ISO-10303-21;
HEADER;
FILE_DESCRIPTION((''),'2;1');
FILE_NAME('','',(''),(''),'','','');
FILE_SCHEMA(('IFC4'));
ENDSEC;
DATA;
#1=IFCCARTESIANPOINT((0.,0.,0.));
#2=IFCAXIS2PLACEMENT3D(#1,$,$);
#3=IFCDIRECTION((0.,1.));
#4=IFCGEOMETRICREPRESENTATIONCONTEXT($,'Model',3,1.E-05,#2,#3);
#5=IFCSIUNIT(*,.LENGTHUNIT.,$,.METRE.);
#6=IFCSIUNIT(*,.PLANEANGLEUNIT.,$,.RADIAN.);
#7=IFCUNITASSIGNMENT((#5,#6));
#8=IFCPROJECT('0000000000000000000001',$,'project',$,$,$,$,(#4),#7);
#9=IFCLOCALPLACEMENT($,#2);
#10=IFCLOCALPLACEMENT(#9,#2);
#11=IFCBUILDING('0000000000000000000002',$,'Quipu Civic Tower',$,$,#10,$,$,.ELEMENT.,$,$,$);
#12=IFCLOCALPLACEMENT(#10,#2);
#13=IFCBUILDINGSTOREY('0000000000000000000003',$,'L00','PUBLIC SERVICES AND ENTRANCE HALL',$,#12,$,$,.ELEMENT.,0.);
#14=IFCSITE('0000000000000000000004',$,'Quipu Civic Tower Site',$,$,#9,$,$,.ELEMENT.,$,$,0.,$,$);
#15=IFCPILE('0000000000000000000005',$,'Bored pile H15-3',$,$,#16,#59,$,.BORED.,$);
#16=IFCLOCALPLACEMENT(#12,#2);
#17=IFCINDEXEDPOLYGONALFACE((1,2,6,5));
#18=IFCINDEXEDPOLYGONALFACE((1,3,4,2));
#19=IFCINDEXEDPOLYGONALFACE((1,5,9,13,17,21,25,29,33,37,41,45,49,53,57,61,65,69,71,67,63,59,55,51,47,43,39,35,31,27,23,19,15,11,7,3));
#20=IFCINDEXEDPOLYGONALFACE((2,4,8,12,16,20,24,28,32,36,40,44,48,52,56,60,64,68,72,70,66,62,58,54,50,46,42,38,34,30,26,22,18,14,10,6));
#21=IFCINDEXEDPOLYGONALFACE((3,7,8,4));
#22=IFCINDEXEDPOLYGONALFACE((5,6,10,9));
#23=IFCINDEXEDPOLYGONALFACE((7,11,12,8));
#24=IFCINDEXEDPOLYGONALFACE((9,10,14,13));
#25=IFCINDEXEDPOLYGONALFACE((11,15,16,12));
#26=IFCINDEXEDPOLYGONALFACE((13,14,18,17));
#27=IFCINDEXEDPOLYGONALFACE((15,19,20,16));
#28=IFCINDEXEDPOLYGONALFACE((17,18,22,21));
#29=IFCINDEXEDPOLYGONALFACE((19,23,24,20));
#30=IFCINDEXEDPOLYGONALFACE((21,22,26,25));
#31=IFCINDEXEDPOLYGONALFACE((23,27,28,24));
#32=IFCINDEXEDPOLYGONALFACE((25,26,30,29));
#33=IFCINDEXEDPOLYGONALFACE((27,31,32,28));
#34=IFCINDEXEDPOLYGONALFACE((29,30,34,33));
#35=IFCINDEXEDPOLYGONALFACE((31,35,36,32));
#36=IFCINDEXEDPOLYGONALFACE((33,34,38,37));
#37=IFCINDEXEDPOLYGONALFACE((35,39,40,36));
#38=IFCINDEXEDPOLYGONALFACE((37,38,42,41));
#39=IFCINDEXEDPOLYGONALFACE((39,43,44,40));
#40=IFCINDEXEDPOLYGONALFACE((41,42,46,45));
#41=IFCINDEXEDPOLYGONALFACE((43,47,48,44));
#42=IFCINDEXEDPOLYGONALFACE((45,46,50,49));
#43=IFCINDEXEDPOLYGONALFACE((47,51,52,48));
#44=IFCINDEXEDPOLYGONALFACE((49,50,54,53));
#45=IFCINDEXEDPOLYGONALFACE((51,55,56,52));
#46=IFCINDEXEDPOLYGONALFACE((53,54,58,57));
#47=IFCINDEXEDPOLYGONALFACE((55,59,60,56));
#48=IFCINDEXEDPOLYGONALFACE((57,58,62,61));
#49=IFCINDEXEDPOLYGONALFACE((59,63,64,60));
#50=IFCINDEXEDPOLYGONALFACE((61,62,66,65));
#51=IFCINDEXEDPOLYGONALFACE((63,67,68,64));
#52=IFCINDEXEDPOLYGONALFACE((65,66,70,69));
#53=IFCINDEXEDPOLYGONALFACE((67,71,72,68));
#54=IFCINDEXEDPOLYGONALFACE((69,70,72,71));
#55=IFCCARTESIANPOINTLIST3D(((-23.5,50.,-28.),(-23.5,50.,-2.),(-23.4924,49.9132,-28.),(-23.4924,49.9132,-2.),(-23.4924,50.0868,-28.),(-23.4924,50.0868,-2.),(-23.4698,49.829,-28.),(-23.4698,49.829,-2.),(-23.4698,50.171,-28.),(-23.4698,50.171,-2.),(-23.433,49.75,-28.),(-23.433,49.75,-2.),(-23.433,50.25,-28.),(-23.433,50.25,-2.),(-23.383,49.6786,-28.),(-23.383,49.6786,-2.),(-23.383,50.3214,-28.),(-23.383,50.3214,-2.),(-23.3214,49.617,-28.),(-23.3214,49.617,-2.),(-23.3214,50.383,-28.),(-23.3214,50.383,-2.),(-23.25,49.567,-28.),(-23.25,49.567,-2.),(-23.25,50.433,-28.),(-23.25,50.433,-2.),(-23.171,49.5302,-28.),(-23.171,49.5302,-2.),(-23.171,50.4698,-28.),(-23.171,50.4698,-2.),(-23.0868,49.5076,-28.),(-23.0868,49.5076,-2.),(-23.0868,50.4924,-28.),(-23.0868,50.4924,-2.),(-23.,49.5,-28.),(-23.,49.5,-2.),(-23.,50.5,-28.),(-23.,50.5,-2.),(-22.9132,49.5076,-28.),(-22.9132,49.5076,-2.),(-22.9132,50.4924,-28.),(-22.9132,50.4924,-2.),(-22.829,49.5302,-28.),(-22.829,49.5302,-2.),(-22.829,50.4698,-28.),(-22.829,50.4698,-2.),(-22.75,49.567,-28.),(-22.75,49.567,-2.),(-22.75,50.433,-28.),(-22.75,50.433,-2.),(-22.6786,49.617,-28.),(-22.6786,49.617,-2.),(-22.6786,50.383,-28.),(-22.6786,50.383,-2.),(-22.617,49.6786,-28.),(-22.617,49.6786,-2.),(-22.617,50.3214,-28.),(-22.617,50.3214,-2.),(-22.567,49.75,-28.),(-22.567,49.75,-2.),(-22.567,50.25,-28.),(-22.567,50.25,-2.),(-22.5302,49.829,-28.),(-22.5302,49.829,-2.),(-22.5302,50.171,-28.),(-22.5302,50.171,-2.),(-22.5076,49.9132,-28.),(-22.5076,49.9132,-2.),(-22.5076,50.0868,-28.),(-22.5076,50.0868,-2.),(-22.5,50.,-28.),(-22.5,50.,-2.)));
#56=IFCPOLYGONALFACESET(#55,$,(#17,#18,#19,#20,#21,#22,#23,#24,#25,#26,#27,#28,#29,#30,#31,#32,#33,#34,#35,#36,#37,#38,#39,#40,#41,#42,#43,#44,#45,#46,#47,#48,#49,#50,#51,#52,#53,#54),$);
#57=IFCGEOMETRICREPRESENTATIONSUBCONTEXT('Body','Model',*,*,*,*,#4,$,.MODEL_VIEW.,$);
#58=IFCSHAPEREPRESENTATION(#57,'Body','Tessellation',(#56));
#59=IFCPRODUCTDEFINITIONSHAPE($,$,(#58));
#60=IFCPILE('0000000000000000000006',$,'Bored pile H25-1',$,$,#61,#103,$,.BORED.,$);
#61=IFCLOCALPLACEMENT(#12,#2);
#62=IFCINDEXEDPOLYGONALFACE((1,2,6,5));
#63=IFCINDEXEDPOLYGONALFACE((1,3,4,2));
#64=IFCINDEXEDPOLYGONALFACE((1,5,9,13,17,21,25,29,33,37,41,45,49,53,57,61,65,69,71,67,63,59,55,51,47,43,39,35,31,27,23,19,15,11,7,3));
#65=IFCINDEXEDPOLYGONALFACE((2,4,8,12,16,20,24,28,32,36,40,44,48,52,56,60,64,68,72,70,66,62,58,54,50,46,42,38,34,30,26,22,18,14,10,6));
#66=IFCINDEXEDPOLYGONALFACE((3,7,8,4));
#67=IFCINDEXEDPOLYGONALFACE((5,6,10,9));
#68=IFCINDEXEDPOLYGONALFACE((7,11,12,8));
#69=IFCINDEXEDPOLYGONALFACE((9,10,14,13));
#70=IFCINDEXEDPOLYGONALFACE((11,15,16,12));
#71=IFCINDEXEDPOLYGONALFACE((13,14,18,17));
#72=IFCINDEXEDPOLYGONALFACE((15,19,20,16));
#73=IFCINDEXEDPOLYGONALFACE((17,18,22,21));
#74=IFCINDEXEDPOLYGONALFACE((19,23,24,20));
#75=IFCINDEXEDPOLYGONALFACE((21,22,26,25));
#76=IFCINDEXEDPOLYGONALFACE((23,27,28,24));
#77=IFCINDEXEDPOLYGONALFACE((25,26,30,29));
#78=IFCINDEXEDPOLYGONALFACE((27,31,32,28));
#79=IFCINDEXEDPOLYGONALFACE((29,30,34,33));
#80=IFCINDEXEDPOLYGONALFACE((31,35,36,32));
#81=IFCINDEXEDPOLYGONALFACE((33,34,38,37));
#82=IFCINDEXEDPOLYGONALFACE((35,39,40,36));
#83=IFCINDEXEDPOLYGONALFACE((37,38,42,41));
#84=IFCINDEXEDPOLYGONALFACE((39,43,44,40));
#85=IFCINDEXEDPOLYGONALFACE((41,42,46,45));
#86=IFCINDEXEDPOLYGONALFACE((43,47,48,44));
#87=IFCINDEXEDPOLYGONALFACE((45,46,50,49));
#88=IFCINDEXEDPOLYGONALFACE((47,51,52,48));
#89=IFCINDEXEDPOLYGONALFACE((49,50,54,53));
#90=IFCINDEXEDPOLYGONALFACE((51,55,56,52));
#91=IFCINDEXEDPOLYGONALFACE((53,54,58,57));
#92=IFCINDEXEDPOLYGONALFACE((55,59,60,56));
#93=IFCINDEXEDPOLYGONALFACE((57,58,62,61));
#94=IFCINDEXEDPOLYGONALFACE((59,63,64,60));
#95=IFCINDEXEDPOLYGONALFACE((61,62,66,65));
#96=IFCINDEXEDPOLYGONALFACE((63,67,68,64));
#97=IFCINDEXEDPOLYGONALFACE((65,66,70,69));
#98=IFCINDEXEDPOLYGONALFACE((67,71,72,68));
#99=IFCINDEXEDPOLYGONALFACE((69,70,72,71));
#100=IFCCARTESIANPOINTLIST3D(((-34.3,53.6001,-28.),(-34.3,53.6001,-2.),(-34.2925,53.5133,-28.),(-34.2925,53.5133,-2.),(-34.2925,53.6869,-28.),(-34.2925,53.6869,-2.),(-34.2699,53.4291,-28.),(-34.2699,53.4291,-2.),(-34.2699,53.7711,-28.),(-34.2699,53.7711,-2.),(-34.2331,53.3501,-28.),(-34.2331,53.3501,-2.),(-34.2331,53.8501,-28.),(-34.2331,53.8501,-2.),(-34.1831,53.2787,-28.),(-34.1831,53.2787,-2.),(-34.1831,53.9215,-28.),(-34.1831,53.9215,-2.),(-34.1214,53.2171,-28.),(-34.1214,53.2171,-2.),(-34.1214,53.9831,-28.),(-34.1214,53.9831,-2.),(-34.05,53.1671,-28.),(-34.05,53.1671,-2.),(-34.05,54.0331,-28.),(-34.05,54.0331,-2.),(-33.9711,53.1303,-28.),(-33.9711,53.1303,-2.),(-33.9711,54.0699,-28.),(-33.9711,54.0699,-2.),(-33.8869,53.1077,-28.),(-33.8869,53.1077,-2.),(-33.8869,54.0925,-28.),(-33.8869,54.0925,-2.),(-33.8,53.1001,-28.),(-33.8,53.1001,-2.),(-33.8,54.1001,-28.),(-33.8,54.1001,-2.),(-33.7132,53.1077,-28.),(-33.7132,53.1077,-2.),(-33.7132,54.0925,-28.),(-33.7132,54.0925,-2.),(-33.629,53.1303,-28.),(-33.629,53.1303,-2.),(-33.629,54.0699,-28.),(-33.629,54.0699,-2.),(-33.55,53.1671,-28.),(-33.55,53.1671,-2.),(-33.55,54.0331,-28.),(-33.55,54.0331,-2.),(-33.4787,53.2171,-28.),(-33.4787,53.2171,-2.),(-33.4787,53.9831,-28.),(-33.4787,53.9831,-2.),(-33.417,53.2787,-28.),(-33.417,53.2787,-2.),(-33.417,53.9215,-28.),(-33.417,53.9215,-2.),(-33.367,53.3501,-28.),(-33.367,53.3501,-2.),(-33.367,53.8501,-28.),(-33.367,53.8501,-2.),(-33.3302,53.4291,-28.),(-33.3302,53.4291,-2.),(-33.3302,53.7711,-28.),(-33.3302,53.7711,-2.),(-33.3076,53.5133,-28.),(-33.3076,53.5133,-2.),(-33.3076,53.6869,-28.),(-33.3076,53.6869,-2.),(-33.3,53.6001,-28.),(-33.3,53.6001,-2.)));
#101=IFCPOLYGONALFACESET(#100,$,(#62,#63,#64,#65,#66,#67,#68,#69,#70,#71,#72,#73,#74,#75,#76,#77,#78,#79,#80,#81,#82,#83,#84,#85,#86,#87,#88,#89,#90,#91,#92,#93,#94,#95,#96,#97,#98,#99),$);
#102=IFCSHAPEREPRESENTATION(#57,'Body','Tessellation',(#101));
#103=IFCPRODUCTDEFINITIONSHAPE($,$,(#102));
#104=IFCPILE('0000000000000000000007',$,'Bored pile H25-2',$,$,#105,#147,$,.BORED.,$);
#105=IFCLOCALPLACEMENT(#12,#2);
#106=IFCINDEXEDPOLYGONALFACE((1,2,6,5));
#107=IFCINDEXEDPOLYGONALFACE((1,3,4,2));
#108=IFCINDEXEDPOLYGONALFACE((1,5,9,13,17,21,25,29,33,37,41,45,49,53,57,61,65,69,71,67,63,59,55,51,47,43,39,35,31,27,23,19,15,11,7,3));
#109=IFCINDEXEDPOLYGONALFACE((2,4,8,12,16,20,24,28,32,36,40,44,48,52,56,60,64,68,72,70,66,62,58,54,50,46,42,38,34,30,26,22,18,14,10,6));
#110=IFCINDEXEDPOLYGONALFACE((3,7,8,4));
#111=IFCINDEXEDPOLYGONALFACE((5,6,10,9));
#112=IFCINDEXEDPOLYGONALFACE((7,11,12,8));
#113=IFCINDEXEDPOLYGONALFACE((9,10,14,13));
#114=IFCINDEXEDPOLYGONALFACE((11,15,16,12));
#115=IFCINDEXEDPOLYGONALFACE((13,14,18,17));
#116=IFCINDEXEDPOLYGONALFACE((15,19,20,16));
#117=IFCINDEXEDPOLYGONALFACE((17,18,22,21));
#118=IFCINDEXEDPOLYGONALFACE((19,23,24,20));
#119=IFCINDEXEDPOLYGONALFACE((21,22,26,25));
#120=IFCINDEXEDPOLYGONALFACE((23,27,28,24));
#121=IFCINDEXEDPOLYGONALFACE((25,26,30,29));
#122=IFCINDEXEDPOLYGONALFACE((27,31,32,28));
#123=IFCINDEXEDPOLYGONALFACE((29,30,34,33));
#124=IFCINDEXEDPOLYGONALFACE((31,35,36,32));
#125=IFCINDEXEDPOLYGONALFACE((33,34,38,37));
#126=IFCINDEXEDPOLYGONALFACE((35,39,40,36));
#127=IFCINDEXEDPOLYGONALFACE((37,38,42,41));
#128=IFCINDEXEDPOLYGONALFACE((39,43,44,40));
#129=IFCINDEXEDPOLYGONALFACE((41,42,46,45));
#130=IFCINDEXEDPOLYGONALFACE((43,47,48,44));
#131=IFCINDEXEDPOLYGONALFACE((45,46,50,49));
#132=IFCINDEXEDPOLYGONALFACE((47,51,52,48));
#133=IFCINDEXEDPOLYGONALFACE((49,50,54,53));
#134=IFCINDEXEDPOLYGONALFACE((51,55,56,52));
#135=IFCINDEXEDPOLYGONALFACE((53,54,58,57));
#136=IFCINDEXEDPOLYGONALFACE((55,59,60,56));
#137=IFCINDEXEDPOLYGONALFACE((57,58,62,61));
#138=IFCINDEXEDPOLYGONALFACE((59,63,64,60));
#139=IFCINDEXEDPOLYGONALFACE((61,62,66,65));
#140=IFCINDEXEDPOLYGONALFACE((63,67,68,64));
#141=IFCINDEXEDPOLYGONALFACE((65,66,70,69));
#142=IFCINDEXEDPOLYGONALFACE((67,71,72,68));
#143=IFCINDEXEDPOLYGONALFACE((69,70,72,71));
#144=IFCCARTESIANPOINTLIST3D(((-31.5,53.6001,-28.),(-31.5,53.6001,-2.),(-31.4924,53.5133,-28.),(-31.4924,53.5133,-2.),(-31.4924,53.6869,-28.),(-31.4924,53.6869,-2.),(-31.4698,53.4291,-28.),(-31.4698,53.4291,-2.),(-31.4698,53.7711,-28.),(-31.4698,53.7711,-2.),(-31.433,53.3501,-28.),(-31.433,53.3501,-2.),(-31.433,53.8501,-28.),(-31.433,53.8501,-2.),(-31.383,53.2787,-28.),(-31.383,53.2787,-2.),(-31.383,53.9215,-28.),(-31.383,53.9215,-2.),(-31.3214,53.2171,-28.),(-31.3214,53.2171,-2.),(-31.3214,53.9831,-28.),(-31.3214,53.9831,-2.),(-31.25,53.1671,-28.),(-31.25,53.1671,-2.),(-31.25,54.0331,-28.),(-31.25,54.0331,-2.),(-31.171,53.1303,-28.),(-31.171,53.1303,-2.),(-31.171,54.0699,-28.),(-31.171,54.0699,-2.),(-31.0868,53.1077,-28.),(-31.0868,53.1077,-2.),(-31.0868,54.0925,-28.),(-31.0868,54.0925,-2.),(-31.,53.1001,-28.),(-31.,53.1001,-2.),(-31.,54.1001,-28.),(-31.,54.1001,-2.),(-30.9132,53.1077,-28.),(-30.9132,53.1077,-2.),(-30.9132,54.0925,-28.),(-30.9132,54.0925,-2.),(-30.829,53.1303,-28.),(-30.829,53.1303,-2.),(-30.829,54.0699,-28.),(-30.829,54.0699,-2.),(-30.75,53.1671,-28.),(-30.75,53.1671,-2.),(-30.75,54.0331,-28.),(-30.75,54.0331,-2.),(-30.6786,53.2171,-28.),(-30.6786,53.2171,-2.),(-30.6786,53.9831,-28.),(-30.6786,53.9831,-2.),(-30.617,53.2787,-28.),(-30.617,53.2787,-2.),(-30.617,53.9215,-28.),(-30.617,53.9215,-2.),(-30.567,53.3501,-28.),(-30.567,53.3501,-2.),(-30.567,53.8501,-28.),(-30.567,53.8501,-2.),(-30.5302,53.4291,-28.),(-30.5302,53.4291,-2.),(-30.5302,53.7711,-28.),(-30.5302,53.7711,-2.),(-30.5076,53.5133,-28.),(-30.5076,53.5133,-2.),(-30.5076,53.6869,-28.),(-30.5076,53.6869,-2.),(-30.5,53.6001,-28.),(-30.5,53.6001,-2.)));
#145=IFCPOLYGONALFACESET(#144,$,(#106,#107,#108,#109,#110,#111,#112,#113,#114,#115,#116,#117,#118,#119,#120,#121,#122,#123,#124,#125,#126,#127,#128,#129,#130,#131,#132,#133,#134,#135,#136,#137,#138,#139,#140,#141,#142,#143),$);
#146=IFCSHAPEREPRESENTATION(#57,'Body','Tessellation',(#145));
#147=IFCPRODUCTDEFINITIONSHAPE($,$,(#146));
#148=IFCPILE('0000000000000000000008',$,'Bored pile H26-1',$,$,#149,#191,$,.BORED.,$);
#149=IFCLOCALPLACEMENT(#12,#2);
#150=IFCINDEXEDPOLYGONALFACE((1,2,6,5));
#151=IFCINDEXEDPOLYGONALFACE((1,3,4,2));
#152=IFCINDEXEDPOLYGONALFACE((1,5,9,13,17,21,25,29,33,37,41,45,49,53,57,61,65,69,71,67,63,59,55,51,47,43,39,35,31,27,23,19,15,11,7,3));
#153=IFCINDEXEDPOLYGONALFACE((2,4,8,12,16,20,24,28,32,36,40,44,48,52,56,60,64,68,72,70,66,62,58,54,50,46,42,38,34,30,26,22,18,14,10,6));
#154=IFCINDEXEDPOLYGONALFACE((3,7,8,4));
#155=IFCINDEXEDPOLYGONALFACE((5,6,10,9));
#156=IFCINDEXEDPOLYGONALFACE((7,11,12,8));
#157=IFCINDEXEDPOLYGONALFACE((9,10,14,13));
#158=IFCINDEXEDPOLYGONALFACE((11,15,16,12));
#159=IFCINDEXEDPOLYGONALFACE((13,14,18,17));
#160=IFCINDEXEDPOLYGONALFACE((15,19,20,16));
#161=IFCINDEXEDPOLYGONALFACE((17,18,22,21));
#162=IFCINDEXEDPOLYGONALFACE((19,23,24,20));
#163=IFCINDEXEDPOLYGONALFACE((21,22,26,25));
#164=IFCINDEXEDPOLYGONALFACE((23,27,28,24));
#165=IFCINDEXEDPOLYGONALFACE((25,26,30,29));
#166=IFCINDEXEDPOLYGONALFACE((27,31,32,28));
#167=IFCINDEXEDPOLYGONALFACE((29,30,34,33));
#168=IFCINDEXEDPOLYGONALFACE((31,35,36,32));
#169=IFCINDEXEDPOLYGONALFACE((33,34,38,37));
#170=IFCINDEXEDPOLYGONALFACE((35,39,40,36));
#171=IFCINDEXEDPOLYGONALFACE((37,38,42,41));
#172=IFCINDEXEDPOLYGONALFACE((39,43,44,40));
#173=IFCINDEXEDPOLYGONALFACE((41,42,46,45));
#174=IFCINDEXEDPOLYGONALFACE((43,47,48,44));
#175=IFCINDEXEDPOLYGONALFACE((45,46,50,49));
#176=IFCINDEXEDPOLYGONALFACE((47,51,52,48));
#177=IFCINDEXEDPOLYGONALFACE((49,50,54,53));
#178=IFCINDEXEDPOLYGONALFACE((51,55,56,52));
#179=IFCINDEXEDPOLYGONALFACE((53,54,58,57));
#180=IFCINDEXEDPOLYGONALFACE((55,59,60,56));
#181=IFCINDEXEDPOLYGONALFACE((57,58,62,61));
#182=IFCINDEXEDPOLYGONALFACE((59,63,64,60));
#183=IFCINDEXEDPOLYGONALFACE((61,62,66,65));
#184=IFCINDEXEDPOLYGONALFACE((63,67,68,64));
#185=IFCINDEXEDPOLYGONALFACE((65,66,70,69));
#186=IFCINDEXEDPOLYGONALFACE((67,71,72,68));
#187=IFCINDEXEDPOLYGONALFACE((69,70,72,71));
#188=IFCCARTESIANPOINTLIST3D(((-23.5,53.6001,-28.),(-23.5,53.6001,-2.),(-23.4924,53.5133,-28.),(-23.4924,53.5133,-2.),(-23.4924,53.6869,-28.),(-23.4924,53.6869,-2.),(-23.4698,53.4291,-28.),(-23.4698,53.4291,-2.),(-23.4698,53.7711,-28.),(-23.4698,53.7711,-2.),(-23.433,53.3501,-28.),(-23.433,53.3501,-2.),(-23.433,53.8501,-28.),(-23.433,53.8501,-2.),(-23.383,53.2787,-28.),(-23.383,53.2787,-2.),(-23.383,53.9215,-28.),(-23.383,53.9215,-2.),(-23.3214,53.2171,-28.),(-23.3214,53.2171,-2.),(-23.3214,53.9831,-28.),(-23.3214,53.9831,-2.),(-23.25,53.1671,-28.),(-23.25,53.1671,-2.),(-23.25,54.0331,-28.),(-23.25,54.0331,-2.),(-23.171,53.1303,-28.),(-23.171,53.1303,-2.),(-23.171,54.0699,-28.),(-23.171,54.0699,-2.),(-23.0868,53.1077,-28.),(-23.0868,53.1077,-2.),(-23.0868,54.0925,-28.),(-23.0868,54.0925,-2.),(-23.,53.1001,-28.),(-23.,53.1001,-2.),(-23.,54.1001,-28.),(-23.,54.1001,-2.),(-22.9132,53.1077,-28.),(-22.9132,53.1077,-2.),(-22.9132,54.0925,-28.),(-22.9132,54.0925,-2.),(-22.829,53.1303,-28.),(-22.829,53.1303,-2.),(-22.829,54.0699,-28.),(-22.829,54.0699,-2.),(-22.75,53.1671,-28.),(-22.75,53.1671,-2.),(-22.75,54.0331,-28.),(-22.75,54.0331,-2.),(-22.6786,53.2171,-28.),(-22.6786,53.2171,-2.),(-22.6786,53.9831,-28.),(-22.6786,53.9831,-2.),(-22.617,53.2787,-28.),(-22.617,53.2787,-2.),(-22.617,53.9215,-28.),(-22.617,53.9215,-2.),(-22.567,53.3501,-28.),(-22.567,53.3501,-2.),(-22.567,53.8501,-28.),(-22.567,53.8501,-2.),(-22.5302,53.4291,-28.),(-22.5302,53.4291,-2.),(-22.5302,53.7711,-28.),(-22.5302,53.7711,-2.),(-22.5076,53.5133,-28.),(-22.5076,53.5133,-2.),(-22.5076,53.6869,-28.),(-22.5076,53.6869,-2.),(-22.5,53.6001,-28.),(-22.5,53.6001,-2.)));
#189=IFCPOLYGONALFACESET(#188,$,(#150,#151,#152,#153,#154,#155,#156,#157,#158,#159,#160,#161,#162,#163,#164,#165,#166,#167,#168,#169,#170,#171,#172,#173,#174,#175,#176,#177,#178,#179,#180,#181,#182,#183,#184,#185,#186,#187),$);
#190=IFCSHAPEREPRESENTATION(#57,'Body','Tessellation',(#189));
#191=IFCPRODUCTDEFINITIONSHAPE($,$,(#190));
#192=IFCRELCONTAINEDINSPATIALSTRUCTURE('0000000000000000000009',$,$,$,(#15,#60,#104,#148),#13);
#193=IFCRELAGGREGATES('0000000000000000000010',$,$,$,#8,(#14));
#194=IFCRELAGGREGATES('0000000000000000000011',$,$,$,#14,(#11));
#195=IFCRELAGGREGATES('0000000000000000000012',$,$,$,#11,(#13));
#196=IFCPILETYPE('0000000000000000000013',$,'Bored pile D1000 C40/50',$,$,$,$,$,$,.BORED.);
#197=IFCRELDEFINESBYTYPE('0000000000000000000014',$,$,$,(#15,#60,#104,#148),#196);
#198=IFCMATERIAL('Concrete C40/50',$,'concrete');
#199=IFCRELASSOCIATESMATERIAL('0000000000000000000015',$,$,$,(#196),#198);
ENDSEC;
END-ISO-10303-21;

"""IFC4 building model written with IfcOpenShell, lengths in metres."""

from ifc_helpers import new_model, si_unit, direction, frame, origin, origin_2d, place, context, subcontext, project, spatial, circle, extrude, material, material_profile, profile_set, type_object, element, save


model = new_model("IFC4")

# Units and contexts
model_context = context("Model", 3, precision=1e-05, world=origin(), true_north=direction((0.0, 1.0)))
body_context = subcontext(model_context, "Body", "Model", "MODEL_VIEW")
ifc_project = project(units=[si_unit("LENGTHUNIT", "METRE"), si_unit("PLANEANGLEUNIT", "RADIAN")], contexts=[model_context])

# Site, building, storey
site_placement = place(None, origin())
site = spatial("IfcSite", under=ifc_project, at=site_placement, Name="Quipu Civic Tower Site", CompositionType="ELEMENT", RefElevation=0.0)
building_placement = place(site_placement, origin())
building = spatial("IfcBuilding", under=site, at=building_placement, Name="Quipu Civic Tower", CompositionType="ELEMENT")
storey_placement = place(building_placement, origin())
storey = spatial("IfcBuildingStorey", under=building, at=storey_placement, Name="L00", Description="PUBLIC SERVICES AND ENTRANCE HALL", CompositionType="ELEMENT", Elevation=0.0)

# Piles
ifc_material_1 = material(Name="Concrete C40/50", Category="concrete")
ifc_material_profile_1 = material_profile(ifc_material_1, circle(Radius=0.5, at=origin_2d()), Name="RCD1000")
ifc_profile_set_1 = profile_set([ifc_material_profile_1], Name="Concrete C40/50")
pile_type_1 = type_object("IfcPileType", Name="Bored pile D1000 C40/50", PredefinedType="BORED", material=ifc_profile_set_1)
for number, where, z_axis, x_axis, name in (
    (1, (-23.0, 50.0, -2.0), (0.0, 0.0, -1.0), (1.0, 0.0, 0.0), "Bored pile H15-3"),
    (2, (-33.8, 53.6001, -2.0), (0.0, 0.0, -1.0), (1.0, 0.0, 0.0), "Bored pile H25-1"),
    (3, (-31.0, 53.6001, -2.0), (0.0, 0.0, -1.0), (1.0, 0.0, 0.0), "Bored pile H25-2"),
    (4, (-23.0, 53.6001, -2.0), (0.0, 0.0, -1.0), (1.0, 0.0, 0.0), "Bored pile H26-1"),
):
    element("IfcPile", number, at=place(storey_placement, frame(where, z_axis=z_axis, x_axis=x_axis)), inside=storey, type_object=pile_type_1, Name=name, PredefinedType="BORED", context=body_context, shape_type="SweptSolid", body=[
        extrude(circle(Radius=0.5, at=origin_2d()), origin(), (0.0, 0.0, 1.0), 26.0),
    ])

save(model, "model.ifc")
